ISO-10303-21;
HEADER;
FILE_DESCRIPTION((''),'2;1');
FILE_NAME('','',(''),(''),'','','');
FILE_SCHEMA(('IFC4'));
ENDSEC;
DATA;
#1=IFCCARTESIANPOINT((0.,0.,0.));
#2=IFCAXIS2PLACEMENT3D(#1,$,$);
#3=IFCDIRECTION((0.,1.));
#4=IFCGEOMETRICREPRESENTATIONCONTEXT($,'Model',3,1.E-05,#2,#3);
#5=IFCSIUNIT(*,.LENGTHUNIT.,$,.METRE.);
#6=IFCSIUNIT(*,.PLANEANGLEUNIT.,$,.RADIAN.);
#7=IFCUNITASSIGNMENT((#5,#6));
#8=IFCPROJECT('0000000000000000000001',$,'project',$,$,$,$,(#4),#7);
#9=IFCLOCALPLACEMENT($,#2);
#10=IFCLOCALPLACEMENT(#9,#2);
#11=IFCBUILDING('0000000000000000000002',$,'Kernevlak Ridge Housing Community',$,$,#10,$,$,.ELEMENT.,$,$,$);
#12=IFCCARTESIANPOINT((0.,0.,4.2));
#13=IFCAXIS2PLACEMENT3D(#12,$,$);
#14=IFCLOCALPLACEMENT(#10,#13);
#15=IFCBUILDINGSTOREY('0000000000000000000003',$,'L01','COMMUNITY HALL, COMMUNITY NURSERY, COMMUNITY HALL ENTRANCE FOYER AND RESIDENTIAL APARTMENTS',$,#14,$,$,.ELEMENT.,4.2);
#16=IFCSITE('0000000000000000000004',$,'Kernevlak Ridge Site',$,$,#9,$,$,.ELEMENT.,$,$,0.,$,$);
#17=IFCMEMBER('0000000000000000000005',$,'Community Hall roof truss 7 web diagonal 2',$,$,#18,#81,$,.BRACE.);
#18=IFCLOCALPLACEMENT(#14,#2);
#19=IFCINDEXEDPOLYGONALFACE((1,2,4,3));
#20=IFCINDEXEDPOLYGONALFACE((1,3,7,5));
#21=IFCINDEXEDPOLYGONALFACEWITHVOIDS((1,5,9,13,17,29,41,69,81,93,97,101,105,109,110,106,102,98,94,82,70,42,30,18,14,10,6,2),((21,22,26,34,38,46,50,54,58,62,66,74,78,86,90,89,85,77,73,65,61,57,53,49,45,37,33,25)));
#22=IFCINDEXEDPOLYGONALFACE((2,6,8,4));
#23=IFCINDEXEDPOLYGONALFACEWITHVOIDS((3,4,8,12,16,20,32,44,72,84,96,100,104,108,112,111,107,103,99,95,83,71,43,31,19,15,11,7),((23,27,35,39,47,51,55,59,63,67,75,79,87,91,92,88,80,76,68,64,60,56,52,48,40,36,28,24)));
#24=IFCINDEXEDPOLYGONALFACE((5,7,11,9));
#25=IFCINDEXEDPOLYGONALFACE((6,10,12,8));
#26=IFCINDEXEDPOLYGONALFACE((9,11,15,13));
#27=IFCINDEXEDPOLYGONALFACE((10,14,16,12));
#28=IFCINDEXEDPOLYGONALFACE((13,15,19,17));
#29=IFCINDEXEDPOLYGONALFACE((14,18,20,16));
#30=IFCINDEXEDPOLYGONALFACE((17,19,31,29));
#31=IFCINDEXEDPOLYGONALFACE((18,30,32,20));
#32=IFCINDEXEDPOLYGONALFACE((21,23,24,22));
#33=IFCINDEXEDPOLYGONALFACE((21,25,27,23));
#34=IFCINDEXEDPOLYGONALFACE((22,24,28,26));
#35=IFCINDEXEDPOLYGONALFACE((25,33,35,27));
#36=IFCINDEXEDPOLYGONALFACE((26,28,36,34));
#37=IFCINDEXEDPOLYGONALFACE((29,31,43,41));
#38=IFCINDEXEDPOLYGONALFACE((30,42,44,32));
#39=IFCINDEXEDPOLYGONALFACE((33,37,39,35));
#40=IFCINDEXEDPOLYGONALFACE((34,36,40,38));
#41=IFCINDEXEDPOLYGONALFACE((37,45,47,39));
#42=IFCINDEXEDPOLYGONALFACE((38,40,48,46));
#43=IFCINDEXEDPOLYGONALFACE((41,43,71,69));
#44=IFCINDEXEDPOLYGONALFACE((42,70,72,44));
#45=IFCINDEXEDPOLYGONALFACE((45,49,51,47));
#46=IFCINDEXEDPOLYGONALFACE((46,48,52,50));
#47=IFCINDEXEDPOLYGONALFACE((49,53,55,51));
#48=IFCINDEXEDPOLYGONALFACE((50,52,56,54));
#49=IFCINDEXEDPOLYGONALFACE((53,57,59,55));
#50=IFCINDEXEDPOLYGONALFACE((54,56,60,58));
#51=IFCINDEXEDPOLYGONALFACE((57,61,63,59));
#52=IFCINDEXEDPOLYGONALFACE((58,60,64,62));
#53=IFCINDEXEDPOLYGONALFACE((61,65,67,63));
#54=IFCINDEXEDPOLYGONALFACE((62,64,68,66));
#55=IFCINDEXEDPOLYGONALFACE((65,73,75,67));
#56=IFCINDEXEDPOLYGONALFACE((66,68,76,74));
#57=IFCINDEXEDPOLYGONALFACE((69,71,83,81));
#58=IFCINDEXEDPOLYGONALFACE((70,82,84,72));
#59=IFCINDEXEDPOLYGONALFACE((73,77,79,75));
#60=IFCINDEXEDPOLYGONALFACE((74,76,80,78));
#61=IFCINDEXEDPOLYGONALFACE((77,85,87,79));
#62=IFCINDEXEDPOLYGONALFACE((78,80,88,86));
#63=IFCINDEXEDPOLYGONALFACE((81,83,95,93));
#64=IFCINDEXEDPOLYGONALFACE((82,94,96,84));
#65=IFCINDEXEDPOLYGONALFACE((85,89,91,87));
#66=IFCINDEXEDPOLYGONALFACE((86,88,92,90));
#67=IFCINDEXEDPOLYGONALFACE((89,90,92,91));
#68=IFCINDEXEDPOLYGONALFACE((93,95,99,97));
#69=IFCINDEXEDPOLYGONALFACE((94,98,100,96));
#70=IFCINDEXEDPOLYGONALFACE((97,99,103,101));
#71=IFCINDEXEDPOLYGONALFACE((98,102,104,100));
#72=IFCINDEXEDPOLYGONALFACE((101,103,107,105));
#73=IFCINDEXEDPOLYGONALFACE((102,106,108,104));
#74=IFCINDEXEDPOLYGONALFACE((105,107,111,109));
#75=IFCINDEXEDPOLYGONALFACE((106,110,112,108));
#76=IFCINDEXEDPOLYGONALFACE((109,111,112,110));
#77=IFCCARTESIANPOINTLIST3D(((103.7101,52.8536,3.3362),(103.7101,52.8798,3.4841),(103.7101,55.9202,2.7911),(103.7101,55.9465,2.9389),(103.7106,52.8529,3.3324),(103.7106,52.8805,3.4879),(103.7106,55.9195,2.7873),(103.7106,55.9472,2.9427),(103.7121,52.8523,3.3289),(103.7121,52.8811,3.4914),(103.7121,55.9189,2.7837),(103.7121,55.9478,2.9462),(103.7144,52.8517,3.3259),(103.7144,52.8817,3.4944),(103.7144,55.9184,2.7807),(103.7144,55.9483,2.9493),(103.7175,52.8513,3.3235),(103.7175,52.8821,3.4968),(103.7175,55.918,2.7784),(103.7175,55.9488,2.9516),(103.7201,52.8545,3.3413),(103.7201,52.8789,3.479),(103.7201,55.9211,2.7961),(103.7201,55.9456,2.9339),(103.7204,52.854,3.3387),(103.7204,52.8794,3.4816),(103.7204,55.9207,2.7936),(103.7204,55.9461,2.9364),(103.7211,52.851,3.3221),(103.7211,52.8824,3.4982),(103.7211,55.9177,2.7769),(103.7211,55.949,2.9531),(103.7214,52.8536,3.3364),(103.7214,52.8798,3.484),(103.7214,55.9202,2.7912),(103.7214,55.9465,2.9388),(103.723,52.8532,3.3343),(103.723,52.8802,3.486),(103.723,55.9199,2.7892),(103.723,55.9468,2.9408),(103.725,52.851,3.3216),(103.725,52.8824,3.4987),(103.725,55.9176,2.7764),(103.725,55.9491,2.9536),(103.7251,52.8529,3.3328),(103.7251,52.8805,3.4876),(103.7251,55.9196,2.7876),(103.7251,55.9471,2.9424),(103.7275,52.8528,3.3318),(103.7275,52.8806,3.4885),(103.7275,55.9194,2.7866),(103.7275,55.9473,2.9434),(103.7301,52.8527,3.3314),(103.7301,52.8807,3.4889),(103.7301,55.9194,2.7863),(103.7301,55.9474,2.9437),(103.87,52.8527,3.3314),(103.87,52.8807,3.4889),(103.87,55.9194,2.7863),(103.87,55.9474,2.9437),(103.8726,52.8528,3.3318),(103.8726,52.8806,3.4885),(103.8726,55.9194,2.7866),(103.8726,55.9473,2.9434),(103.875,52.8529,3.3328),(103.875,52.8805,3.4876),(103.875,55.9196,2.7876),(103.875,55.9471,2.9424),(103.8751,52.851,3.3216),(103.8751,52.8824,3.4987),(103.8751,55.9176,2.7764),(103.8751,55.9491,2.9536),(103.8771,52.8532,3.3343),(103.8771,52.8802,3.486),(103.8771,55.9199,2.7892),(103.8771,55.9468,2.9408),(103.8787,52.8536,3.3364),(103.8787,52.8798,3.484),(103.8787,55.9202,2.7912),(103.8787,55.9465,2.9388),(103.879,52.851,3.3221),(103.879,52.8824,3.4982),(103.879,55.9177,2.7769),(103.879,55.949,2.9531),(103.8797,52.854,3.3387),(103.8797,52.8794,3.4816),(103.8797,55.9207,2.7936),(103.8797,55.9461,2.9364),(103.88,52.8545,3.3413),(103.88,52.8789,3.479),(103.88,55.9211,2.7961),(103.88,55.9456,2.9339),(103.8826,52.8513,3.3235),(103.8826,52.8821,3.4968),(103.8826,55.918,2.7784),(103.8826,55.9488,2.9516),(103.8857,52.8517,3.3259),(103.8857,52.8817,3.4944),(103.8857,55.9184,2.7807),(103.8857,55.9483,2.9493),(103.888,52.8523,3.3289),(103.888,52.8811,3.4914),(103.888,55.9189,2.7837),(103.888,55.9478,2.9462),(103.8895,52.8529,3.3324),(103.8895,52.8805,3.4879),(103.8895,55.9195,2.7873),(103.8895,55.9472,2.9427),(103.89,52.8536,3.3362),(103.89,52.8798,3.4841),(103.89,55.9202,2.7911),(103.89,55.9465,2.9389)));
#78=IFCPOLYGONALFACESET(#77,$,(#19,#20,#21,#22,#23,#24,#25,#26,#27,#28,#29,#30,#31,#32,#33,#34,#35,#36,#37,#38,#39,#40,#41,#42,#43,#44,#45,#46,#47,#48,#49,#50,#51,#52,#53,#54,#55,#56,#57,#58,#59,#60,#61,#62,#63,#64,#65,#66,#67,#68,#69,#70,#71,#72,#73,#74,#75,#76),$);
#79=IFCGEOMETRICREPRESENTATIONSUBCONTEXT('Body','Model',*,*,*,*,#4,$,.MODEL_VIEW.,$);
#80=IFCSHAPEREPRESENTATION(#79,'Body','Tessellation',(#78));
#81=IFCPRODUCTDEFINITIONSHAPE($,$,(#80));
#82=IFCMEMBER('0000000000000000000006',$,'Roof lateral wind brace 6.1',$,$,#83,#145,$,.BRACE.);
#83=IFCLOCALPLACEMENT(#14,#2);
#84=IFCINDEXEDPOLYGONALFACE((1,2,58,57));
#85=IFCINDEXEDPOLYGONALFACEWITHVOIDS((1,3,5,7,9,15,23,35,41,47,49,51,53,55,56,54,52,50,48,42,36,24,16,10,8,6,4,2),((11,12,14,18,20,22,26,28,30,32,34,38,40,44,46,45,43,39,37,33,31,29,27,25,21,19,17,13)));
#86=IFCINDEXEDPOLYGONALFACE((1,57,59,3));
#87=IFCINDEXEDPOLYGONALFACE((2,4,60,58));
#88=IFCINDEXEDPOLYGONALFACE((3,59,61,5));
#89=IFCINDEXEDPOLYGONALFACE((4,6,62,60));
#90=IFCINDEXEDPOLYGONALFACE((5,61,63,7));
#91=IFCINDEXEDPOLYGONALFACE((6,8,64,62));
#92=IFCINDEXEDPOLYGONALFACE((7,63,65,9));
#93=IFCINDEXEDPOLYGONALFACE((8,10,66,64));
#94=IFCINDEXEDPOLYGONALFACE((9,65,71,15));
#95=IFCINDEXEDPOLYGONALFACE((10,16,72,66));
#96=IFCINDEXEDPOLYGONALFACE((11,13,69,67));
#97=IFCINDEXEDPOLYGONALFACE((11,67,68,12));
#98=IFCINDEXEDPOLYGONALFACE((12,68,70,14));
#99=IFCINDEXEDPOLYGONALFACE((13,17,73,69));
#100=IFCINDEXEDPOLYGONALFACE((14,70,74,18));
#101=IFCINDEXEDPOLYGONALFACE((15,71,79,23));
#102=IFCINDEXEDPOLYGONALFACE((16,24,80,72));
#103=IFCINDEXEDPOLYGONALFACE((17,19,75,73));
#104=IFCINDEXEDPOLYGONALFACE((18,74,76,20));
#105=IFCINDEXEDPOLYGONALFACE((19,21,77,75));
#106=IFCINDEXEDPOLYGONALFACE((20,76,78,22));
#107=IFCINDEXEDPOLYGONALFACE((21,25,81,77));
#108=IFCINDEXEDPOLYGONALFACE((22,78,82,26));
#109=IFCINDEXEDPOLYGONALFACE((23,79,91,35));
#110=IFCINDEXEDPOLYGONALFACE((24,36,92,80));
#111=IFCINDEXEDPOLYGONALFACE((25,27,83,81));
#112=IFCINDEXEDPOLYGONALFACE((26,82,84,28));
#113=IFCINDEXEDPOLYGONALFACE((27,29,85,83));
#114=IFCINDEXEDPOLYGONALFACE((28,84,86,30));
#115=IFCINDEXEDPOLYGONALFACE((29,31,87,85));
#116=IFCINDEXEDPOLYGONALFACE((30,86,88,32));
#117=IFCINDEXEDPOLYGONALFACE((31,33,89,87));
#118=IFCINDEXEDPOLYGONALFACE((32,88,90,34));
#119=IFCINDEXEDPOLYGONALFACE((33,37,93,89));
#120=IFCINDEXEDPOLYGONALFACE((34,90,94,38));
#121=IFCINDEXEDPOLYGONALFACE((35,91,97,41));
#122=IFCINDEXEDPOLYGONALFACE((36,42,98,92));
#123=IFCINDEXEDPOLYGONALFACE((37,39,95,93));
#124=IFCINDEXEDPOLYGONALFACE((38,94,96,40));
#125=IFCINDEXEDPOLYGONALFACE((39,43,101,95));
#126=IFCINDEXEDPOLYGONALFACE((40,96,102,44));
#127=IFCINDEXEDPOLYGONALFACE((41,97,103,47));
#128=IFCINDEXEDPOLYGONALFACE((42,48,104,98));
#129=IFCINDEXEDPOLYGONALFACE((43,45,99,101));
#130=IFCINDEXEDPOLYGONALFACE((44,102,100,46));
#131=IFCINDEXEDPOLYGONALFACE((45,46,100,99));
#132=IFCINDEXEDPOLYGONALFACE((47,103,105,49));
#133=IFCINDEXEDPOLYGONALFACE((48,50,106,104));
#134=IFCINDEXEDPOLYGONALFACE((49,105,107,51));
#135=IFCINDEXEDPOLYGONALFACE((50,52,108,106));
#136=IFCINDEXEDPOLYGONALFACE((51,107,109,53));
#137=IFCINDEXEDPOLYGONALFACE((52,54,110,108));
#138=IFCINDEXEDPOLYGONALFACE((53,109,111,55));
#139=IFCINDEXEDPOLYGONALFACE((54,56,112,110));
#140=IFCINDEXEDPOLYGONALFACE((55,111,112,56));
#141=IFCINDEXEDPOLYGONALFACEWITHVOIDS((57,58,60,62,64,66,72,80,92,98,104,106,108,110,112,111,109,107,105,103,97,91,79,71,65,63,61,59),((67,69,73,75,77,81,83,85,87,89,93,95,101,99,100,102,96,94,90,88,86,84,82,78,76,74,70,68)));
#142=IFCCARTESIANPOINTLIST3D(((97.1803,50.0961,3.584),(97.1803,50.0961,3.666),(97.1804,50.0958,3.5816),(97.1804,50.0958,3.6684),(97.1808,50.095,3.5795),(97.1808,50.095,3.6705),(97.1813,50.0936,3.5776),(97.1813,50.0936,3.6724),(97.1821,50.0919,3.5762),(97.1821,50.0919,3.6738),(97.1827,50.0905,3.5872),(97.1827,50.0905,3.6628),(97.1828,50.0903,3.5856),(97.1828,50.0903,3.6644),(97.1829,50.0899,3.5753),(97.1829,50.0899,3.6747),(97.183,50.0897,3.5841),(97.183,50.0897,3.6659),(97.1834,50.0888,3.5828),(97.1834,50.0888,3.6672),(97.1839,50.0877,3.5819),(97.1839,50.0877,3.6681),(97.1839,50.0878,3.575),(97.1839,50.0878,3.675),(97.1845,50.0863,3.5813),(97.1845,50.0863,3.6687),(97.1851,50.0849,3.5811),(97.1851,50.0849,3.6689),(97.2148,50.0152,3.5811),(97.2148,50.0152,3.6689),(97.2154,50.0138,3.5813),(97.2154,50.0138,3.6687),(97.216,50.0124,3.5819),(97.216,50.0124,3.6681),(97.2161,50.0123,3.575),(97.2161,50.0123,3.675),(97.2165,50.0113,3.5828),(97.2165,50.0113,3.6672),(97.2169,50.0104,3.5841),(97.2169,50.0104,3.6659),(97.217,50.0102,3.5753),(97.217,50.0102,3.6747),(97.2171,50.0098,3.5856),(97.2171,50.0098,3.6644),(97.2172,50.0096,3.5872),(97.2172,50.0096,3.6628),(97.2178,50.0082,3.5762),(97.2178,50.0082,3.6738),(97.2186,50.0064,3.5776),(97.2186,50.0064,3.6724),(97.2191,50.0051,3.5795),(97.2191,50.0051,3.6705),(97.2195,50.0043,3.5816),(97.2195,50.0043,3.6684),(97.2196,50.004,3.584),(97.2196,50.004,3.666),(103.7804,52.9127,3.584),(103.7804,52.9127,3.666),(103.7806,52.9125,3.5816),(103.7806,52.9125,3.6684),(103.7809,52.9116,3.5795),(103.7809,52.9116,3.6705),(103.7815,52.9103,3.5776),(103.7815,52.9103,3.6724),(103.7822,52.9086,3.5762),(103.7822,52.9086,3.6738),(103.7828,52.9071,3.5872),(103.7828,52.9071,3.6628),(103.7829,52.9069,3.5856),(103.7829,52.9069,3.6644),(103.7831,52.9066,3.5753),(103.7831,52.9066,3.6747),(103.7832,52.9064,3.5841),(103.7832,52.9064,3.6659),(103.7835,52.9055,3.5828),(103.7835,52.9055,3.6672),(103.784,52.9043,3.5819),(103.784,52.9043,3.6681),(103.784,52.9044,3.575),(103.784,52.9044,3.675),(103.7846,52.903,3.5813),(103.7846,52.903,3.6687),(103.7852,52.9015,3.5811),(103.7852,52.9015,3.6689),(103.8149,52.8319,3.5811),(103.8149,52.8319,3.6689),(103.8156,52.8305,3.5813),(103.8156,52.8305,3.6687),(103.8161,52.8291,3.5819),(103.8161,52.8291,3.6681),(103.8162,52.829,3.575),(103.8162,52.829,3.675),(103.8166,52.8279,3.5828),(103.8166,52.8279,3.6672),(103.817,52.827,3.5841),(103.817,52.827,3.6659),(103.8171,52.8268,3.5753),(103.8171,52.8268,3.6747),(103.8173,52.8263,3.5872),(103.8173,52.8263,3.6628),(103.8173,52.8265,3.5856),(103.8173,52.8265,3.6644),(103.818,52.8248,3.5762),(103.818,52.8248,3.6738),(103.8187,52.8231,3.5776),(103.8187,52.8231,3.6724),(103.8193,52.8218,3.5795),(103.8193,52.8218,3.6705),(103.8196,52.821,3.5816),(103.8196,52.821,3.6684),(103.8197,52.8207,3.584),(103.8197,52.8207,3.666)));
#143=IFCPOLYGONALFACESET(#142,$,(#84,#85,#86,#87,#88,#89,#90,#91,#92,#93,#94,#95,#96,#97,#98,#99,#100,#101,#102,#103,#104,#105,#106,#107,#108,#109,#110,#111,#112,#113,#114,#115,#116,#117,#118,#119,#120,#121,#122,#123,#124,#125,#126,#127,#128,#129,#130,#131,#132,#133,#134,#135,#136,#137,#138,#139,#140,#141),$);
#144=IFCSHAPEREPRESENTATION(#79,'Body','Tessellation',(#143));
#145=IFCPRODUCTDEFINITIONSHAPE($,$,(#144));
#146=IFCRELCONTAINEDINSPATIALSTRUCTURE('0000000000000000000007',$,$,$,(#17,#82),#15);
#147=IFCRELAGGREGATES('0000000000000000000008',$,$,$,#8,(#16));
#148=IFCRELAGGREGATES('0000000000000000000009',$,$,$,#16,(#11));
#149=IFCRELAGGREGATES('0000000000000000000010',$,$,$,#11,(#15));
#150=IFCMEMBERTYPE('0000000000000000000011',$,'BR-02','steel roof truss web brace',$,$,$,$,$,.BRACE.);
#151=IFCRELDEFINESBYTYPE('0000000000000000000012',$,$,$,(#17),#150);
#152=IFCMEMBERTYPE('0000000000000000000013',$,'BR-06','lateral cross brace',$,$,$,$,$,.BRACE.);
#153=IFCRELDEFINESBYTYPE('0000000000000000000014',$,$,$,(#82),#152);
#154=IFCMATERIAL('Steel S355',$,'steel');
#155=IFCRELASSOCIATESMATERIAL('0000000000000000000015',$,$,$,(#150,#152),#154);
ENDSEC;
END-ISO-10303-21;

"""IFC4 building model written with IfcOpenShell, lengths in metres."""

from ifc_helpers import new_model, si_unit, direction, frame, origin, origin_2d, place, context, subcontext, project, spatial, hollow_rectangle, extrude, material, material_profile, profile_set, type_object, element, save


model = new_model("IFC4")

# Units and contexts
model_context = context("Model", 3, precision=1e-05, world=origin(), true_north=direction((0.0, 1.0)))
body_context = subcontext(model_context, "Body", "Model", "MODEL_VIEW")
ifc_project = project(units=[si_unit("LENGTHUNIT", "METRE"), si_unit("PLANEANGLEUNIT", "RADIAN")], contexts=[model_context])

# Site, building, storey
site_placement = place(None, origin())
site = spatial("IfcSite", under=ifc_project, at=site_placement, Name="Kernevlak Ridge Site", CompositionType="ELEMENT", RefElevation=0.0)
building_placement = place(site_placement, origin())
building = spatial("IfcBuilding", under=site, at=building_placement, Name="Kernevlak Ridge Housing Community", CompositionType="ELEMENT")
storey_placement = place(building_placement, frame((0.0, 0.0, 4.2)))
storey = spatial("IfcBuildingStorey", under=building, at=storey_placement, Name="L01", Description="COMMUNITY HALL, COMMUNITY NURSERY, COMMUNITY HALL ENTRANCE FOYER AND RESIDENTIAL APARTMENTS", CompositionType="ELEMENT", Elevation=4.2)

# Shared definitions
ifc_material_1 = material(Name="Steel S355", Category="steel")

# Members
ifc_material_profile_1 = material_profile(ifc_material_1, hollow_rectangle(XDim=0.1799, YDim=0.1799, WallThickness=0.01, InnerFilletRadius=0.01, OuterFilletRadius=0.0149, at=origin_2d()), Name="SHS 180x180x10")
ifc_profile_set_1 = profile_set([ifc_material_profile_1], Name="Steel S355")
member_type_1 = type_object("IfcMemberType", Name="BR-02", Description="steel roof truss web brace", PredefinedType="BRACE", material=ifc_profile_set_1)
member_1_placement = place(storey_placement, frame((103.8, 52.8667, 3.4102), z_axis=(0.0, 0.984563, -0.175028), x_axis=(-1.0, 0.0, 0.0)))
element("IfcMember", 1, at=member_1_placement, inside=storey, type_object=member_type_1, Name="Community Hall roof truss 7 web diagonal 2", PredefinedType="BRACE", context=body_context, shape_type="SweptSolid", body=[
    extrude(hollow_rectangle(XDim=0.1799, YDim=0.1799, WallThickness=0.01, InnerFilletRadius=0.01, OuterFilletRadius=0.0149, at=origin_2d()), origin(), (0.0, 0.0, 1.0), 3.1147),
])
ifc_material_profile_2 = material_profile(ifc_material_1, hollow_rectangle(XDim=0.1001, YDim=0.1001, WallThickness=0.0061, InnerFilletRadius=0.0061, OuterFilletRadius=0.009, at=origin_2d()), Name="SHS 100x100x6")
ifc_profile_set_2 = profile_set([ifc_material_profile_2], Name="Steel S355")
member_type_2 = type_object("IfcMemberType", Name="BR-06", Description="lateral cross brace", PredefinedType="BRACE", material=ifc_profile_set_2)
member_2_placement = place(storey_placement, frame((97.2, 50.05, 3.625), z_axis=(0.919748, 0.39251, 0.0), x_axis=(-0.39251, 0.919748, 0.0)))
element("IfcMember", 2, at=member_2_placement, inside=storey, type_object=member_type_2, Name="Roof lateral wind brace 6.1", PredefinedType="BRACE", context=body_context, shape_type="SweptSolid", body=[
    extrude(hollow_rectangle(XDim=0.1001, YDim=0.1001, WallThickness=0.0061, InnerFilletRadius=0.0061, OuterFilletRadius=0.009, at=origin_2d()), origin(), (0.0, 0.0, 1.0), 7.176),
])

save(model, "model.ifc")
